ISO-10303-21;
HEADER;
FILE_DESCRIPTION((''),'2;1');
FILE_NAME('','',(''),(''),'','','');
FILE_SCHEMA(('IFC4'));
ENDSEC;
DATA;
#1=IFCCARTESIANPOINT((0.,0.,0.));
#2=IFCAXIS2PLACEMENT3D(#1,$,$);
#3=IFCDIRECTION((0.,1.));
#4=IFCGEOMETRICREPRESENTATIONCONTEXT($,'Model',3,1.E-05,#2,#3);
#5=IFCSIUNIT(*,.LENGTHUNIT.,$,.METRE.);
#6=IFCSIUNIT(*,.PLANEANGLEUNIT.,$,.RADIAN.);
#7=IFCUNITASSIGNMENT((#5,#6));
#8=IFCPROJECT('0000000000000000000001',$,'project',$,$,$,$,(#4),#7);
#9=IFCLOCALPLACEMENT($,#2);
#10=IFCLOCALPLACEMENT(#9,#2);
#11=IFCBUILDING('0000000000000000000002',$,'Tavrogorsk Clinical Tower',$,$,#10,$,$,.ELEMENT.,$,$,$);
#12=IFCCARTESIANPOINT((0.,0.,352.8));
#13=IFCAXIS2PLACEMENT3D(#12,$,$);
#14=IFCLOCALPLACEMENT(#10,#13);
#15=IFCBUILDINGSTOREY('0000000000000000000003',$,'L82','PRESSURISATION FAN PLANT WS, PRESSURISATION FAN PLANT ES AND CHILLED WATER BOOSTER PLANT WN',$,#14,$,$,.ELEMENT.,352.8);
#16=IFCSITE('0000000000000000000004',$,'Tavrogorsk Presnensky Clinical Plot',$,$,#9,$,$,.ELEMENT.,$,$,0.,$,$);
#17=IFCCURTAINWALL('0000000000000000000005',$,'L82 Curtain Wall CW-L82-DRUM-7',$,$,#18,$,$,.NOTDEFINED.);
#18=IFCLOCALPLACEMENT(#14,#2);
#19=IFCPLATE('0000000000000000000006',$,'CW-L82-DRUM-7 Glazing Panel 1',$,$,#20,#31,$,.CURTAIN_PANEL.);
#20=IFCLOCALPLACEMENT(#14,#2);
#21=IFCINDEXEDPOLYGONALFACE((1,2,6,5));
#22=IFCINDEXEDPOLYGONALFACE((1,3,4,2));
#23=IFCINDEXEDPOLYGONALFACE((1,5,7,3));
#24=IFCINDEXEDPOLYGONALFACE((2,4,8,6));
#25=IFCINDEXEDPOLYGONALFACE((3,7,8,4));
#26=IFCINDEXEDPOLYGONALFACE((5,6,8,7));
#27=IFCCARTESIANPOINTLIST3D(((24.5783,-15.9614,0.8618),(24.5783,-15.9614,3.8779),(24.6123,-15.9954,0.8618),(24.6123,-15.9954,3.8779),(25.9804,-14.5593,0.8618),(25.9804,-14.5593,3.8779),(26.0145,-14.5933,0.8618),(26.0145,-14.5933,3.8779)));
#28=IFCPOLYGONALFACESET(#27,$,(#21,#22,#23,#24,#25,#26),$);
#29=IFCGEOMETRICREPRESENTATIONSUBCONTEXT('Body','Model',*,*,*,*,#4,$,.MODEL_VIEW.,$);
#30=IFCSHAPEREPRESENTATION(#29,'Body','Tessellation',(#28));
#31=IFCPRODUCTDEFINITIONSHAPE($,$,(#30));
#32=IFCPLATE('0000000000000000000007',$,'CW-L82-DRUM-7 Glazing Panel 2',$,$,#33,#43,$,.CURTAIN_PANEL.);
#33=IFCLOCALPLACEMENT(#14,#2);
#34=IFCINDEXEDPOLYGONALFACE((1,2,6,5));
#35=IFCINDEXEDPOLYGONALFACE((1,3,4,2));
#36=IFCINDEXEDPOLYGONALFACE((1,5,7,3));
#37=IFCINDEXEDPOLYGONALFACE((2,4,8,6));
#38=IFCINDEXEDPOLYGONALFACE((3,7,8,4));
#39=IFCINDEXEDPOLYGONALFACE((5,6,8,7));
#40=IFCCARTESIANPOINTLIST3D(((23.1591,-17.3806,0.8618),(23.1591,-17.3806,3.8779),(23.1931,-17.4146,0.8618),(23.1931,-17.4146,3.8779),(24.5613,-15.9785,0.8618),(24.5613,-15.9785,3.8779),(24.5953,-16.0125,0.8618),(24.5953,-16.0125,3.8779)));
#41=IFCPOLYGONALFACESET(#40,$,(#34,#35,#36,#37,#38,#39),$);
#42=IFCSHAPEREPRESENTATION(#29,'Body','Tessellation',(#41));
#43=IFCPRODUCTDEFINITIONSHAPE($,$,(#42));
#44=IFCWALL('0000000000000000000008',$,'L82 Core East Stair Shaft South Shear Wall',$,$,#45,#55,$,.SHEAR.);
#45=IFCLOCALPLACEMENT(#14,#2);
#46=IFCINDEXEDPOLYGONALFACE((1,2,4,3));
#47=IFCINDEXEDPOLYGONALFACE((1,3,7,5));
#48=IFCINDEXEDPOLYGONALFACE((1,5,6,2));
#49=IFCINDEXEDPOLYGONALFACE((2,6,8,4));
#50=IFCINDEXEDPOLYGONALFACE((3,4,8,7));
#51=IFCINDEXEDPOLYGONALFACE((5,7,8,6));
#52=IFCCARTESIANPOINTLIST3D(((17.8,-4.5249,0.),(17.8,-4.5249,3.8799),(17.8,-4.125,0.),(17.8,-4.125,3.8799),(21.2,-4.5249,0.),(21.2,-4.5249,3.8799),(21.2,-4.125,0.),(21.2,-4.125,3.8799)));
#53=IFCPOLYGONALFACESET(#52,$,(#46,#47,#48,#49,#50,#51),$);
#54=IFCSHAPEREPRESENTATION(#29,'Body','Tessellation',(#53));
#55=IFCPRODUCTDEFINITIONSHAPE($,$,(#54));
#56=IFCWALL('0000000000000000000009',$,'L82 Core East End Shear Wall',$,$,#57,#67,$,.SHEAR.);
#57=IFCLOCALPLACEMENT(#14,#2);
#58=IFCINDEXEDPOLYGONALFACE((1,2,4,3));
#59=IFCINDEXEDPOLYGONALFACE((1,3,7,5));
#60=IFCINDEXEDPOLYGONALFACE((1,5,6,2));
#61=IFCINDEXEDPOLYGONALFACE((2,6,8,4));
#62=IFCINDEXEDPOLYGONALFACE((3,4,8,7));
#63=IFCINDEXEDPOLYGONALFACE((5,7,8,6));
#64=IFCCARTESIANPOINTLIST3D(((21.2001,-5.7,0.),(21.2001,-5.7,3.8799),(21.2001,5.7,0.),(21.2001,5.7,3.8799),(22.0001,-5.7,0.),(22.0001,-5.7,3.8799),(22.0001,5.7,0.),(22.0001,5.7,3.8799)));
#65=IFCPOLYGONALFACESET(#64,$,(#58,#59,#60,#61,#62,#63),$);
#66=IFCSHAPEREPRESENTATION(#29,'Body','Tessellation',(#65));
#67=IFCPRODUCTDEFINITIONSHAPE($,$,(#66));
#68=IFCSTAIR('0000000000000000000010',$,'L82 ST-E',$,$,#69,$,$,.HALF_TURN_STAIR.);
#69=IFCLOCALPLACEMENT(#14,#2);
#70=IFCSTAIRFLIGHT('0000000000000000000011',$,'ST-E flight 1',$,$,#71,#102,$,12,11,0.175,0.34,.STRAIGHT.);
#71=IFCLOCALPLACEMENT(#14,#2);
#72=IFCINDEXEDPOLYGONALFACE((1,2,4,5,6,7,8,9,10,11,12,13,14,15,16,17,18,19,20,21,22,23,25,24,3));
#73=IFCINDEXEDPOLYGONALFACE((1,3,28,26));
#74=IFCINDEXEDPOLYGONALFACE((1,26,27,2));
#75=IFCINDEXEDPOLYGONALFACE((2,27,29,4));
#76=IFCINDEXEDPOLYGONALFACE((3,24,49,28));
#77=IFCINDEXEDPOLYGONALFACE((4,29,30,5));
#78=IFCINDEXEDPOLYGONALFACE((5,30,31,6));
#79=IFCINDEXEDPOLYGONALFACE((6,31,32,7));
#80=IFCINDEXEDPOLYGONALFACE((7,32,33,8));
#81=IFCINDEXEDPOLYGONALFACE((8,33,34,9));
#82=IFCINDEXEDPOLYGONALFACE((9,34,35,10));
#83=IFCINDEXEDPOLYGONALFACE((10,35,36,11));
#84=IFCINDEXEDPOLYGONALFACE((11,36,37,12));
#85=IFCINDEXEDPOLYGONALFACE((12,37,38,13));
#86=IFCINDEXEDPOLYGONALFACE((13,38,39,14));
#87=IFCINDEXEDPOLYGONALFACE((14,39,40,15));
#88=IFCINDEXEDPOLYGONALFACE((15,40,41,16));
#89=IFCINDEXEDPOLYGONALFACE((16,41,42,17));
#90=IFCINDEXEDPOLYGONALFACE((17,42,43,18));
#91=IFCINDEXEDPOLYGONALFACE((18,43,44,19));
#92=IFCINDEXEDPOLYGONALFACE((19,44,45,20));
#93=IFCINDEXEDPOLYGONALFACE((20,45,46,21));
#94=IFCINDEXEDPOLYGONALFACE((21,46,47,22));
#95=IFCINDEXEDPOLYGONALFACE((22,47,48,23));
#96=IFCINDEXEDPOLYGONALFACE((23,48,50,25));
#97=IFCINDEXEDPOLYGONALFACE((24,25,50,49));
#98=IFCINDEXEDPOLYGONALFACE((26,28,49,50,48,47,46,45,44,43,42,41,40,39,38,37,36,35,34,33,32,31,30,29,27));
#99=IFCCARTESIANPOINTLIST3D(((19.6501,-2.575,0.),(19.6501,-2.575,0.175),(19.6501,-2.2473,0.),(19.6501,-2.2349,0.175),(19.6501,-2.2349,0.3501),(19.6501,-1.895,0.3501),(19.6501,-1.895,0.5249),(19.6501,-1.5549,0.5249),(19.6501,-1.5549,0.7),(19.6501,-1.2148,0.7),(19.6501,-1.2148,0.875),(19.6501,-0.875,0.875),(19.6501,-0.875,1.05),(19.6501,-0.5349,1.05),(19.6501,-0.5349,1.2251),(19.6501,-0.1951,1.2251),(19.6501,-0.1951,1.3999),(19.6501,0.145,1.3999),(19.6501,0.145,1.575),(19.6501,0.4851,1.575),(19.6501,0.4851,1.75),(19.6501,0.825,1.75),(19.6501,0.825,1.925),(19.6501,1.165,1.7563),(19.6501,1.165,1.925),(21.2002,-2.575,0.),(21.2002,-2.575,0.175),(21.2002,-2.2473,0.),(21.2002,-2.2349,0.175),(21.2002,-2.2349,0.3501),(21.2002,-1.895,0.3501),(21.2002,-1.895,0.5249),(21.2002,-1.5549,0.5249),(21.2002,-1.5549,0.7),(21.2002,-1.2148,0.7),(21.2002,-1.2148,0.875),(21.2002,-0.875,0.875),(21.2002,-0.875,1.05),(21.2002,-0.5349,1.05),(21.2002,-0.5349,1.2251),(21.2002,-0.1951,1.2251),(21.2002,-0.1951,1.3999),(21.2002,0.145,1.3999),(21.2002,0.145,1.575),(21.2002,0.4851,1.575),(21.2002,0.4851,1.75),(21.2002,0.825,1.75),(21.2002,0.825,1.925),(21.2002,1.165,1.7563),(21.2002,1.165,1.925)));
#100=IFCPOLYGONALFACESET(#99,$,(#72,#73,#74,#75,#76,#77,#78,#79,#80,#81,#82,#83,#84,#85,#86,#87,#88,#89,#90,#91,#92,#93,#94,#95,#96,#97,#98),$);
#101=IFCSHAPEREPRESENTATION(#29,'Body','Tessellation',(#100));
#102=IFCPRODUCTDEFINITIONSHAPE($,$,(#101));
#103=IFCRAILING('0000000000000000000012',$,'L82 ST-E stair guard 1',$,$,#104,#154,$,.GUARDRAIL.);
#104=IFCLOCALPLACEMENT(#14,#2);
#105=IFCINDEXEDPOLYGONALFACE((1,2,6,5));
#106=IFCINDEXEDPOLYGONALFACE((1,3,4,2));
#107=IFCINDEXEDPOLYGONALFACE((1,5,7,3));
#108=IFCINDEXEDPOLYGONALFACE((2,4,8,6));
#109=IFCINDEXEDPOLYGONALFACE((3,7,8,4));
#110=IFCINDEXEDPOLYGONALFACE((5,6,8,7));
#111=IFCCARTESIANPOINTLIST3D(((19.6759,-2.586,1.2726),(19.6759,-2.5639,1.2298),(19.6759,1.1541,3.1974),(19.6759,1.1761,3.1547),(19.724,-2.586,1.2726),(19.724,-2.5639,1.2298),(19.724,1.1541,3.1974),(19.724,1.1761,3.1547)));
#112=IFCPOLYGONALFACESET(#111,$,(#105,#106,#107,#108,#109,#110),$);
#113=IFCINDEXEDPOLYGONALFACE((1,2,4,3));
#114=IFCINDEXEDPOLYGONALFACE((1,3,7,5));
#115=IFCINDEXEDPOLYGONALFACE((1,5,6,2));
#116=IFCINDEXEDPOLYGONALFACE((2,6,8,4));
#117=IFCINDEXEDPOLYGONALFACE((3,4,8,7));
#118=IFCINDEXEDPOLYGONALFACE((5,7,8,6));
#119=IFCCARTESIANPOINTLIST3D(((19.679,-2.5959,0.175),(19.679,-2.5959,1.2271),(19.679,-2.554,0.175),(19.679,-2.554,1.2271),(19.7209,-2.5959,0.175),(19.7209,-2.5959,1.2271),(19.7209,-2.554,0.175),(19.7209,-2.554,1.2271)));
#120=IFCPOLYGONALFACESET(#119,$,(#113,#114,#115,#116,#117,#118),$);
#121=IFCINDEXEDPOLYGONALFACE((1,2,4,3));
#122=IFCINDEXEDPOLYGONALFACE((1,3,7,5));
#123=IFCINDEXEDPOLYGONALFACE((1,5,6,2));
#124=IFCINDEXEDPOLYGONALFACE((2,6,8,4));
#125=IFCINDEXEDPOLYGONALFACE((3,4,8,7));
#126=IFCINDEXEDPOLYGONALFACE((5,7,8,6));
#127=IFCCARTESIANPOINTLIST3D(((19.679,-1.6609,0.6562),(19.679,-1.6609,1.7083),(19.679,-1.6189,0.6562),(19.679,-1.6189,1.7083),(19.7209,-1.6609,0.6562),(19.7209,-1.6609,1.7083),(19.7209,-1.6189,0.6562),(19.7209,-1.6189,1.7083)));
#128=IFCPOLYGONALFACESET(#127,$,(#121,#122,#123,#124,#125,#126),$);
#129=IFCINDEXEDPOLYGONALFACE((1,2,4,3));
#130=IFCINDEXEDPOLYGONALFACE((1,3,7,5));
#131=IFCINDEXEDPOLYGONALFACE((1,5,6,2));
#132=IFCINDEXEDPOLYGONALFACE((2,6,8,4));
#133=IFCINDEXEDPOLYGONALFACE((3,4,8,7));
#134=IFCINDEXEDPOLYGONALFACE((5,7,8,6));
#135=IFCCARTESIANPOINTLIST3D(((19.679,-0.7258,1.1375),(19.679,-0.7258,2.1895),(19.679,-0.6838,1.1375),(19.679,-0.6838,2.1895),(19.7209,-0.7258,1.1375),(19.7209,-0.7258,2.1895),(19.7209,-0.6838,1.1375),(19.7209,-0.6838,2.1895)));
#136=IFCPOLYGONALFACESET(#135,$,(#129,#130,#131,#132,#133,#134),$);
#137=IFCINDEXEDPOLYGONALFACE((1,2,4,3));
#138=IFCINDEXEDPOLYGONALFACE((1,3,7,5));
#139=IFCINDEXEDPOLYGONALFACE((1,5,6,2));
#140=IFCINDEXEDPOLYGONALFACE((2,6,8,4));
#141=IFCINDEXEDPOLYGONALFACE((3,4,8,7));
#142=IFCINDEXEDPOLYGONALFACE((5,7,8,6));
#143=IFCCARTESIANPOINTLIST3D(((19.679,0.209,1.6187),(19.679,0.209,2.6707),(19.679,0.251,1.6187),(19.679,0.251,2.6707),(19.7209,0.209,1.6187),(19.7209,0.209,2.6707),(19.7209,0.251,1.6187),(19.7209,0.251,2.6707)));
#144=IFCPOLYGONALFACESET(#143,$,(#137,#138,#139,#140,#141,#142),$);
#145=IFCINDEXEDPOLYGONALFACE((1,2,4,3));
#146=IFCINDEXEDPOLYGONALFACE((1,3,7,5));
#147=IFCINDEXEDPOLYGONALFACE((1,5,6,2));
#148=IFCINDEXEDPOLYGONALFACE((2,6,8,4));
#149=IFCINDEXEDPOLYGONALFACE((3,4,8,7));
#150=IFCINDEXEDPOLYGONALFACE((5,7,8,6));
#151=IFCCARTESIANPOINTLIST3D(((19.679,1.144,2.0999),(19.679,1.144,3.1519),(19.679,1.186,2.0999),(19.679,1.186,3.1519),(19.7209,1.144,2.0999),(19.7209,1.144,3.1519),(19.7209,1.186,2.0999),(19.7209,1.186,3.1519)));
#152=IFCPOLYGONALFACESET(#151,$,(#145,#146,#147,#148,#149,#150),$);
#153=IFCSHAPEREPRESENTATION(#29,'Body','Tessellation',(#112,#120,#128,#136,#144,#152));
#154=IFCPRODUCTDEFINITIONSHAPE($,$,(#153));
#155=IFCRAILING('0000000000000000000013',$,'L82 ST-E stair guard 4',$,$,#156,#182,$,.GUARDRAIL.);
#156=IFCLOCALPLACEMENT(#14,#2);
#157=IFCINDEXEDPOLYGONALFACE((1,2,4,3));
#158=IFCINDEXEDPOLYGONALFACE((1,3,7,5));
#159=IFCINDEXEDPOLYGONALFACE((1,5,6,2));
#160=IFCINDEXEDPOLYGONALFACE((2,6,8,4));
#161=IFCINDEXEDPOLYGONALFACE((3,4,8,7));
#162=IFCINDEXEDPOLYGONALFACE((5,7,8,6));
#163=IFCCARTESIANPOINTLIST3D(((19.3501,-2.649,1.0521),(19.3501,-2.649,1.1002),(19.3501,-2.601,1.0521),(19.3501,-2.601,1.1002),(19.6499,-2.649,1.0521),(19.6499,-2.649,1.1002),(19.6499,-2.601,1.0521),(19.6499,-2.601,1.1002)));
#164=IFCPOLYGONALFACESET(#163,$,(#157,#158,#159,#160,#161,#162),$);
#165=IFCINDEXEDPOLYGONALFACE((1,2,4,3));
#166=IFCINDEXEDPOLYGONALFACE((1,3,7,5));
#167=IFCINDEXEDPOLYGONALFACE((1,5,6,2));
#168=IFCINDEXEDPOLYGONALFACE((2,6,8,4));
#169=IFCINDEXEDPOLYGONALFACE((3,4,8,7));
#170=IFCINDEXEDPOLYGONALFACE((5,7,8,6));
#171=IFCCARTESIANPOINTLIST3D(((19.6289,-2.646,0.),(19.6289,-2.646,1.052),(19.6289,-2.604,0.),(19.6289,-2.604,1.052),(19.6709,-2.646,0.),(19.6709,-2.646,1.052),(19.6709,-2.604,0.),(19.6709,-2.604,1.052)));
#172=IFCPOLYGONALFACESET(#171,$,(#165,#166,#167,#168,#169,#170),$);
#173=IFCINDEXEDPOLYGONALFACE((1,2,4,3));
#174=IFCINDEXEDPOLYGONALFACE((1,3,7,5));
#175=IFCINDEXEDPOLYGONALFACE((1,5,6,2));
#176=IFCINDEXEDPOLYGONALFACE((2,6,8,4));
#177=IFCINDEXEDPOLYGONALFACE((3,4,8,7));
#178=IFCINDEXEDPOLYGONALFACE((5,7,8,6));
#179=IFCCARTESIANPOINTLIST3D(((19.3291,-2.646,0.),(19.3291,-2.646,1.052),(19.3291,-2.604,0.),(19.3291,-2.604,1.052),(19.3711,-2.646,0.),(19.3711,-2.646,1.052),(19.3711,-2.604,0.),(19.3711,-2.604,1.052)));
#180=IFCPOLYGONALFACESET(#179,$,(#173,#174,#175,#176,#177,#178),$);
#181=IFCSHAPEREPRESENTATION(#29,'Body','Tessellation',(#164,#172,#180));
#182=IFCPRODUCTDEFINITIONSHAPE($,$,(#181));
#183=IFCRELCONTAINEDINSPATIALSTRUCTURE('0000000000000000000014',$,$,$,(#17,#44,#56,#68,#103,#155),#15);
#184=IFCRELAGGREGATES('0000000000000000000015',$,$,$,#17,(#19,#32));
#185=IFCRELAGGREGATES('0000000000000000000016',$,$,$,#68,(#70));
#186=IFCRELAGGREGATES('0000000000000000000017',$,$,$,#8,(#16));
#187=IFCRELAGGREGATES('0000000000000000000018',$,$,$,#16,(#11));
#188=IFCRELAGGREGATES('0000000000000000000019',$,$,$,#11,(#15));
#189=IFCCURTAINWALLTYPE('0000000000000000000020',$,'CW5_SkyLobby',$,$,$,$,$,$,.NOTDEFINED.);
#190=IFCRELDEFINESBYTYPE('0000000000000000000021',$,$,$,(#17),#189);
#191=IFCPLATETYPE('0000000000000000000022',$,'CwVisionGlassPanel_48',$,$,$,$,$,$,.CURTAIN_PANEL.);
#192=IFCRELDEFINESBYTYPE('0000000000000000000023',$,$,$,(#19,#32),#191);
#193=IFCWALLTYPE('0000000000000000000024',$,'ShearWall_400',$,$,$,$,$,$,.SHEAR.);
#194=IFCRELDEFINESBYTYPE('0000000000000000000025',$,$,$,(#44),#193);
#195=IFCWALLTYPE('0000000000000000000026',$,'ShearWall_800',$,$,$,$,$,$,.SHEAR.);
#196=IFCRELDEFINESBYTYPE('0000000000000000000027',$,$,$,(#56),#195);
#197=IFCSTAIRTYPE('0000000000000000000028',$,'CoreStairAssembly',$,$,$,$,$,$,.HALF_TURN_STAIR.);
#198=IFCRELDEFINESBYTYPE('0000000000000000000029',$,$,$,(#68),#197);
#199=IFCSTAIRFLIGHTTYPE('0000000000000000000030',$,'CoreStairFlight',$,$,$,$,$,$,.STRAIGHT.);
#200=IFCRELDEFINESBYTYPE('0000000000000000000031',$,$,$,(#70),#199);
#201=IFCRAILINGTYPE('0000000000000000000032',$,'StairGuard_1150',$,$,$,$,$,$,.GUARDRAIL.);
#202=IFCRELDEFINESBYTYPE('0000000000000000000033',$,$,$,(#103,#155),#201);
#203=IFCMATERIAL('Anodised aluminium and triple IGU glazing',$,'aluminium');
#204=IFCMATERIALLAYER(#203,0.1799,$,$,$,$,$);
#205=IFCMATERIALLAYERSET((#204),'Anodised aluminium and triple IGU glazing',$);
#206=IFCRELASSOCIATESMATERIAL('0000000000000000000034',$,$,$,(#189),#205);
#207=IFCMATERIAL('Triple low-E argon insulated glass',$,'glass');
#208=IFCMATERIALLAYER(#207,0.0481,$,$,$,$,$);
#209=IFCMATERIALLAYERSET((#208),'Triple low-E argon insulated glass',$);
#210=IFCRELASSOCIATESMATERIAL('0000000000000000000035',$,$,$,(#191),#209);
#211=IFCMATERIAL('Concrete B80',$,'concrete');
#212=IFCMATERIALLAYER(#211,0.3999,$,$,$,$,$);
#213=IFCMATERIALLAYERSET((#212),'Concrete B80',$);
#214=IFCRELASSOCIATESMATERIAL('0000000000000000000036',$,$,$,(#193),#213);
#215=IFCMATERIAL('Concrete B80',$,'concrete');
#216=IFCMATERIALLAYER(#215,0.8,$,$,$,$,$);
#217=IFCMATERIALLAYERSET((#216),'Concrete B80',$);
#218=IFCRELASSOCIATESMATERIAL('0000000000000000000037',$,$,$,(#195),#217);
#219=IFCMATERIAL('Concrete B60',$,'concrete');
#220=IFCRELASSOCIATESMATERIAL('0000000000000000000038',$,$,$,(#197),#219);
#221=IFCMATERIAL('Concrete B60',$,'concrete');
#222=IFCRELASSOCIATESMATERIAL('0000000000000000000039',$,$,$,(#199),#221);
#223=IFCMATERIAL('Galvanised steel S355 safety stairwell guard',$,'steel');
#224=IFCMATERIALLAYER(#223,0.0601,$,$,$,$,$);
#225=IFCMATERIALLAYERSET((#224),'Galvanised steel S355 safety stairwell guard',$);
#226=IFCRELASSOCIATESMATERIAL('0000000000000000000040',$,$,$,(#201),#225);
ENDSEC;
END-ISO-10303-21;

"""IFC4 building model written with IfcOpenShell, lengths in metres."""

from ifc_helpers import new_model, si_unit, direction, frame, frame_2d, origin, origin_2d, place, context, subcontext, project, spatial, polyline, rectangle, outline, extrude, material, layer, layer_set, type_object, element, aggregate, save


model = new_model("IFC4")

# Units and contexts
model_context = context("Model", 3, precision=1e-05, world=origin(), true_north=direction((0.0, 1.0)))
body_context = subcontext(model_context, "Body", "Model", "MODEL_VIEW")
ifc_project = project(units=[si_unit("LENGTHUNIT", "METRE"), si_unit("PLANEANGLEUNIT", "RADIAN")], contexts=[model_context])

# Site, building, storey
site_placement = place(None, origin())
site = spatial("IfcSite", under=ifc_project, at=site_placement, Name="Tavrogorsk Presnensky Clinical Plot", CompositionType="ELEMENT", RefElevation=0.0)
building_placement = place(site_placement, origin())
building = spatial("IfcBuilding", under=site, at=building_placement, Name="Tavrogorsk Clinical Tower", CompositionType="ELEMENT")
storey_placement = place(building_placement, frame((0.0, 0.0, 352.8)))
storey = spatial("IfcBuildingStorey", under=building, at=storey_placement, Name="L82", Description="PRESSURISATION FAN PLANT WS, PRESSURISATION FAN PLANT ES AND CHILLED WATER BOOSTER PLANT WN", CompositionType="ELEMENT", Elevation=352.8)

# Curtain wall
ifc_material_1 = material(Name="Anodised aluminium and triple IGU glazing", Category="aluminium")
ifc_layer_1 = layer(ifc_material_1, 0.1799)
ifc_layer_set_1 = layer_set([ifc_layer_1], Name="Anodised aluminium and triple IGU glazing")
curtain_wall_type = type_object("IfcCurtainWallType", Name="CW5_SkyLobby", PredefinedType="NOTDEFINED", material=ifc_layer_set_1)
curtain_wall_1_placement = place(storey_placement, origin())
curtain_wall_1 = element("IfcCurtainWall", 1, at=curtain_wall_1_placement, inside=storey, type_object=curtain_wall_type, Name="L82 Curtain Wall CW-L82-DRUM-7", PredefinedType="NOTDEFINED")

# Plates
ifc_material_2 = material(Name="Triple low-E argon insulated glass", Category="glass")
ifc_layer_2 = layer(ifc_material_2, 0.0481)
ifc_layer_set_2 = layer_set([ifc_layer_2], Name="Triple low-E argon insulated glass")
plate_type_1 = type_object("IfcPlateType", Name="CwVisionGlassPanel_48", PredefinedType="CURTAIN_PANEL", material=ifc_layer_set_2)
plate_1_placement = place(storey_placement, frame((25.2964, -15.2773, 0.8618), z_axis=(0.0, 0.0, 1.0), x_axis=(-0.707107, -0.707107, 0.0)))
plate_1 = element("IfcPlate", 2, at=plate_1_placement, type_object=plate_type_1, Name="CW-L82-DRUM-7 Glazing Panel 1", PredefinedType="CURTAIN_PANEL", context=body_context, shape_type="SweptSolid", body=[
    extrude(rectangle(XDim=1.9829, YDim=0.0481, at=origin_2d()), origin(), (0.0, 0.0, 1.0), 3.0161),
])
plate_2_placement = place(storey_placement, frame((23.8772, -16.6965, 0.8618), z_axis=(0.0, 0.0, 1.0), x_axis=(-0.707107, -0.707107, 0.0)))
plate_2 = element("IfcPlate", 3, at=plate_2_placement, type_object=plate_type_1, Name="CW-L82-DRUM-7 Glazing Panel 2", PredefinedType="CURTAIN_PANEL", context=body_context, shape_type="SweptSolid", body=[
    extrude(rectangle(XDim=1.9829, YDim=0.0481, at=origin_2d()), origin(), (0.0, 0.0, 1.0), 3.0161),
])
aggregate(curtain_wall_1, [plate_1, plate_2])

# Walls
ifc_material_3 = material(Name="Concrete B80", Category="concrete")
ifc_layer_3 = layer(ifc_material_3, 0.3999)
ifc_layer_set_3 = layer_set([ifc_layer_3], Name="Concrete B80")
wall_type_1 = type_object("IfcWallType", Name="ShearWall_400", PredefinedType="SHEAR", material=ifc_layer_set_3)
wall_1_placement = place(storey_placement, frame((17.8, -4.325, 0.0), z_axis=(0.0, 0.0, 1.0), x_axis=(1.0, 0.0, 0.0)))
element("IfcWall", 4, at=wall_1_placement, inside=storey, type_object=wall_type_1, Name="L82 Core East Stair Shaft South Shear Wall", PredefinedType="SHEAR", context=body_context, shape_type="SweptSolid", body=[
    extrude(rectangle(XDim=3.3999, YDim=0.3999, at=frame_2d((1.7, 0.0))), origin(), (0.0, 0.0, 1.0), 3.8799),
])
ifc_material_4 = material(Name="Concrete B80", Category="concrete")
ifc_layer_4 = layer(ifc_material_4, 0.8)
ifc_layer_set_4 = layer_set([ifc_layer_4], Name="Concrete B80")
wall_type_2 = type_object("IfcWallType", Name="ShearWall_800", PredefinedType="SHEAR", material=ifc_layer_set_4)
wall_2_placement = place(storey_placement, frame((21.6001, -5.7, 0.0), z_axis=(0.0, 0.0, 1.0), x_axis=(0.0, 1.0, 0.0)))
element("IfcWall", 5, at=wall_2_placement, inside=storey, type_object=wall_type_2, Name="L82 Core East End Shear Wall", PredefinedType="SHEAR", context=body_context, shape_type="SweptSolid", body=[
    extrude(rectangle(XDim=11.3999, YDim=0.8, at=frame_2d((5.7, 0.0))), origin(), (0.0, 0.0, 1.0), 3.8799),
])

# Stair, stair flight
ifc_material_5 = material(Name="Concrete B60", Category="concrete")
stair_type = type_object("IfcStairType", Name="CoreStairAssembly", PredefinedType="HALF_TURN_STAIR", material=ifc_material_5)
stair_placement = place(storey_placement, origin())
stair = element("IfcStair", 6, at=stair_placement, inside=storey, type_object=stair_type, Name="L82 ST-E", PredefinedType="HALF_TURN_STAIR")
ifc_material_6 = material(Name="Concrete B60", Category="concrete")
stair_flight_type = type_object("IfcStairFlightType", Name="CoreStairFlight", PredefinedType="STRAIGHT", material=ifc_material_6)
stair_flight_placement = place(storey_placement, frame((20.425, -2.575, 0.0), z_axis=(0.0, 0.0, 1.0), x_axis=(0.0, 1.0, 0.0)))
stair_flight = element("IfcStairFlight", 7, at=stair_flight_placement, type_object=stair_flight_type, Name="ST-E flight 1", NumberOfRisers=12, NumberOfTreads=11, PredefinedType="STRAIGHT", RiserHeight=0.175, TreadLength=0.34, context=body_context, shape_type="SweptSolid", body=[
    extrude(outline(polyline([(0.0, 0.0), (0.0, 0.175), (0.3401, 0.175), (0.3401, 0.3501), (0.6799, 0.3501), (0.6799, 0.5249), (1.02, 0.5249), (1.02, 0.7), (1.3601, 0.7), (1.3601, 0.875), (1.7, 0.875), (1.7, 1.05), (2.04, 1.05), (2.04, 1.2251), (2.3799, 1.2251), (2.3799, 1.3999), (2.72, 1.3999), (2.72, 1.575), (3.0601, 1.575), (3.0601, 1.75), (3.3999, 1.75), (3.3999, 1.925), (3.74, 1.925), (3.74, 2.1001), (3.74, 1.7563), (0.3276, 0.0), (0.0, 0.0)])), frame((0.0, 0.7749, 0.0), z_axis=(0.0, -1.0, 0.0), x_axis=(1.0, 0.0, 0.0)), (0.0, 0.0, 1.0), 1.55),
])
aggregate(stair, [stair_flight])

# Railings
ifc_material_7 = material(Name="Galvanised steel S355 safety stairwell guard", Category="steel")
ifc_layer_5 = layer(ifc_material_7, 0.0601)
ifc_layer_set_5 = layer_set([ifc_layer_5], Name="Galvanised steel S355 safety stairwell guard")
railing_type_1 = type_object("IfcRailingType", Name="StairGuard_1150", PredefinedType="GUARDRAIL", material=ifc_layer_set_5)
railing_1_placement = place(storey_placement, frame((19.7, -2.575, 0.175)))
element("IfcRailing", 8, at=railing_1_placement, inside=storey, type_object=railing_type_1, Name="L82 ST-E stair guard 1", PredefinedType="GUARDRAIL", context=body_context, shape_type="SweptSolid", body=[
    extrude(rectangle(XDim=0.0481, YDim=0.0481, at=origin_2d()), frame((0.0, 0.0, 1.0762), z_axis=(0.0, 0.889154, 0.457608), x_axis=(-1.0, 0.0, 0.0)), (0.0, 0.0, 1.0), 4.2063),
    extrude(rectangle(XDim=0.042, YDim=0.042, at=origin_2d()), origin(), (0.0, 0.0, 1.0), 1.052),
    extrude(rectangle(XDim=0.042, YDim=0.042, at=origin_2d()), frame((0.0, 0.9351, 0.4812)), (0.0, 0.0, 1.0), 1.052),
    extrude(rectangle(XDim=0.042, YDim=0.042, at=origin_2d()), frame((0.0, 1.8701, 0.9624)), (0.0, 0.0, 1.0), 1.052),
    extrude(rectangle(XDim=0.042, YDim=0.042, at=origin_2d()), frame((0.0, 2.8049, 1.4436)), (0.0, 0.0, 1.0), 1.052),
    extrude(rectangle(XDim=0.042, YDim=0.042, at=origin_2d()), frame((0.0, 3.74, 1.9248)), (0.0, 0.0, 1.0), 1.052),
])
railing_2_placement = place(storey_placement, frame((19.6499, -2.625, 0.0)))
element("IfcRailing", 9, at=railing_2_placement, inside=storey, type_object=railing_type_1, Name="L82 ST-E stair guard 4", PredefinedType="GUARDRAIL", context=body_context, shape_type="SweptSolid", body=[
    extrude(rectangle(XDim=0.0481, YDim=0.0481, at=origin_2d()), frame((0.0, 0.0, 1.0762), z_axis=(-1.0, 0.0, 0.0), x_axis=(0.0, -1.0, 0.0)), (0.0, 0.0, 1.0), 0.2998),
    extrude(rectangle(XDim=0.042, YDim=0.042, at=origin_2d()), origin(), (0.0, 0.0, 1.0), 1.052),
    extrude(rectangle(XDim=0.042, YDim=0.042, at=origin_2d()), frame((-0.2998, 0.0, 0.0)), (0.0, 0.0, 1.0), 1.052),
])

save(model, "model.ifc")
